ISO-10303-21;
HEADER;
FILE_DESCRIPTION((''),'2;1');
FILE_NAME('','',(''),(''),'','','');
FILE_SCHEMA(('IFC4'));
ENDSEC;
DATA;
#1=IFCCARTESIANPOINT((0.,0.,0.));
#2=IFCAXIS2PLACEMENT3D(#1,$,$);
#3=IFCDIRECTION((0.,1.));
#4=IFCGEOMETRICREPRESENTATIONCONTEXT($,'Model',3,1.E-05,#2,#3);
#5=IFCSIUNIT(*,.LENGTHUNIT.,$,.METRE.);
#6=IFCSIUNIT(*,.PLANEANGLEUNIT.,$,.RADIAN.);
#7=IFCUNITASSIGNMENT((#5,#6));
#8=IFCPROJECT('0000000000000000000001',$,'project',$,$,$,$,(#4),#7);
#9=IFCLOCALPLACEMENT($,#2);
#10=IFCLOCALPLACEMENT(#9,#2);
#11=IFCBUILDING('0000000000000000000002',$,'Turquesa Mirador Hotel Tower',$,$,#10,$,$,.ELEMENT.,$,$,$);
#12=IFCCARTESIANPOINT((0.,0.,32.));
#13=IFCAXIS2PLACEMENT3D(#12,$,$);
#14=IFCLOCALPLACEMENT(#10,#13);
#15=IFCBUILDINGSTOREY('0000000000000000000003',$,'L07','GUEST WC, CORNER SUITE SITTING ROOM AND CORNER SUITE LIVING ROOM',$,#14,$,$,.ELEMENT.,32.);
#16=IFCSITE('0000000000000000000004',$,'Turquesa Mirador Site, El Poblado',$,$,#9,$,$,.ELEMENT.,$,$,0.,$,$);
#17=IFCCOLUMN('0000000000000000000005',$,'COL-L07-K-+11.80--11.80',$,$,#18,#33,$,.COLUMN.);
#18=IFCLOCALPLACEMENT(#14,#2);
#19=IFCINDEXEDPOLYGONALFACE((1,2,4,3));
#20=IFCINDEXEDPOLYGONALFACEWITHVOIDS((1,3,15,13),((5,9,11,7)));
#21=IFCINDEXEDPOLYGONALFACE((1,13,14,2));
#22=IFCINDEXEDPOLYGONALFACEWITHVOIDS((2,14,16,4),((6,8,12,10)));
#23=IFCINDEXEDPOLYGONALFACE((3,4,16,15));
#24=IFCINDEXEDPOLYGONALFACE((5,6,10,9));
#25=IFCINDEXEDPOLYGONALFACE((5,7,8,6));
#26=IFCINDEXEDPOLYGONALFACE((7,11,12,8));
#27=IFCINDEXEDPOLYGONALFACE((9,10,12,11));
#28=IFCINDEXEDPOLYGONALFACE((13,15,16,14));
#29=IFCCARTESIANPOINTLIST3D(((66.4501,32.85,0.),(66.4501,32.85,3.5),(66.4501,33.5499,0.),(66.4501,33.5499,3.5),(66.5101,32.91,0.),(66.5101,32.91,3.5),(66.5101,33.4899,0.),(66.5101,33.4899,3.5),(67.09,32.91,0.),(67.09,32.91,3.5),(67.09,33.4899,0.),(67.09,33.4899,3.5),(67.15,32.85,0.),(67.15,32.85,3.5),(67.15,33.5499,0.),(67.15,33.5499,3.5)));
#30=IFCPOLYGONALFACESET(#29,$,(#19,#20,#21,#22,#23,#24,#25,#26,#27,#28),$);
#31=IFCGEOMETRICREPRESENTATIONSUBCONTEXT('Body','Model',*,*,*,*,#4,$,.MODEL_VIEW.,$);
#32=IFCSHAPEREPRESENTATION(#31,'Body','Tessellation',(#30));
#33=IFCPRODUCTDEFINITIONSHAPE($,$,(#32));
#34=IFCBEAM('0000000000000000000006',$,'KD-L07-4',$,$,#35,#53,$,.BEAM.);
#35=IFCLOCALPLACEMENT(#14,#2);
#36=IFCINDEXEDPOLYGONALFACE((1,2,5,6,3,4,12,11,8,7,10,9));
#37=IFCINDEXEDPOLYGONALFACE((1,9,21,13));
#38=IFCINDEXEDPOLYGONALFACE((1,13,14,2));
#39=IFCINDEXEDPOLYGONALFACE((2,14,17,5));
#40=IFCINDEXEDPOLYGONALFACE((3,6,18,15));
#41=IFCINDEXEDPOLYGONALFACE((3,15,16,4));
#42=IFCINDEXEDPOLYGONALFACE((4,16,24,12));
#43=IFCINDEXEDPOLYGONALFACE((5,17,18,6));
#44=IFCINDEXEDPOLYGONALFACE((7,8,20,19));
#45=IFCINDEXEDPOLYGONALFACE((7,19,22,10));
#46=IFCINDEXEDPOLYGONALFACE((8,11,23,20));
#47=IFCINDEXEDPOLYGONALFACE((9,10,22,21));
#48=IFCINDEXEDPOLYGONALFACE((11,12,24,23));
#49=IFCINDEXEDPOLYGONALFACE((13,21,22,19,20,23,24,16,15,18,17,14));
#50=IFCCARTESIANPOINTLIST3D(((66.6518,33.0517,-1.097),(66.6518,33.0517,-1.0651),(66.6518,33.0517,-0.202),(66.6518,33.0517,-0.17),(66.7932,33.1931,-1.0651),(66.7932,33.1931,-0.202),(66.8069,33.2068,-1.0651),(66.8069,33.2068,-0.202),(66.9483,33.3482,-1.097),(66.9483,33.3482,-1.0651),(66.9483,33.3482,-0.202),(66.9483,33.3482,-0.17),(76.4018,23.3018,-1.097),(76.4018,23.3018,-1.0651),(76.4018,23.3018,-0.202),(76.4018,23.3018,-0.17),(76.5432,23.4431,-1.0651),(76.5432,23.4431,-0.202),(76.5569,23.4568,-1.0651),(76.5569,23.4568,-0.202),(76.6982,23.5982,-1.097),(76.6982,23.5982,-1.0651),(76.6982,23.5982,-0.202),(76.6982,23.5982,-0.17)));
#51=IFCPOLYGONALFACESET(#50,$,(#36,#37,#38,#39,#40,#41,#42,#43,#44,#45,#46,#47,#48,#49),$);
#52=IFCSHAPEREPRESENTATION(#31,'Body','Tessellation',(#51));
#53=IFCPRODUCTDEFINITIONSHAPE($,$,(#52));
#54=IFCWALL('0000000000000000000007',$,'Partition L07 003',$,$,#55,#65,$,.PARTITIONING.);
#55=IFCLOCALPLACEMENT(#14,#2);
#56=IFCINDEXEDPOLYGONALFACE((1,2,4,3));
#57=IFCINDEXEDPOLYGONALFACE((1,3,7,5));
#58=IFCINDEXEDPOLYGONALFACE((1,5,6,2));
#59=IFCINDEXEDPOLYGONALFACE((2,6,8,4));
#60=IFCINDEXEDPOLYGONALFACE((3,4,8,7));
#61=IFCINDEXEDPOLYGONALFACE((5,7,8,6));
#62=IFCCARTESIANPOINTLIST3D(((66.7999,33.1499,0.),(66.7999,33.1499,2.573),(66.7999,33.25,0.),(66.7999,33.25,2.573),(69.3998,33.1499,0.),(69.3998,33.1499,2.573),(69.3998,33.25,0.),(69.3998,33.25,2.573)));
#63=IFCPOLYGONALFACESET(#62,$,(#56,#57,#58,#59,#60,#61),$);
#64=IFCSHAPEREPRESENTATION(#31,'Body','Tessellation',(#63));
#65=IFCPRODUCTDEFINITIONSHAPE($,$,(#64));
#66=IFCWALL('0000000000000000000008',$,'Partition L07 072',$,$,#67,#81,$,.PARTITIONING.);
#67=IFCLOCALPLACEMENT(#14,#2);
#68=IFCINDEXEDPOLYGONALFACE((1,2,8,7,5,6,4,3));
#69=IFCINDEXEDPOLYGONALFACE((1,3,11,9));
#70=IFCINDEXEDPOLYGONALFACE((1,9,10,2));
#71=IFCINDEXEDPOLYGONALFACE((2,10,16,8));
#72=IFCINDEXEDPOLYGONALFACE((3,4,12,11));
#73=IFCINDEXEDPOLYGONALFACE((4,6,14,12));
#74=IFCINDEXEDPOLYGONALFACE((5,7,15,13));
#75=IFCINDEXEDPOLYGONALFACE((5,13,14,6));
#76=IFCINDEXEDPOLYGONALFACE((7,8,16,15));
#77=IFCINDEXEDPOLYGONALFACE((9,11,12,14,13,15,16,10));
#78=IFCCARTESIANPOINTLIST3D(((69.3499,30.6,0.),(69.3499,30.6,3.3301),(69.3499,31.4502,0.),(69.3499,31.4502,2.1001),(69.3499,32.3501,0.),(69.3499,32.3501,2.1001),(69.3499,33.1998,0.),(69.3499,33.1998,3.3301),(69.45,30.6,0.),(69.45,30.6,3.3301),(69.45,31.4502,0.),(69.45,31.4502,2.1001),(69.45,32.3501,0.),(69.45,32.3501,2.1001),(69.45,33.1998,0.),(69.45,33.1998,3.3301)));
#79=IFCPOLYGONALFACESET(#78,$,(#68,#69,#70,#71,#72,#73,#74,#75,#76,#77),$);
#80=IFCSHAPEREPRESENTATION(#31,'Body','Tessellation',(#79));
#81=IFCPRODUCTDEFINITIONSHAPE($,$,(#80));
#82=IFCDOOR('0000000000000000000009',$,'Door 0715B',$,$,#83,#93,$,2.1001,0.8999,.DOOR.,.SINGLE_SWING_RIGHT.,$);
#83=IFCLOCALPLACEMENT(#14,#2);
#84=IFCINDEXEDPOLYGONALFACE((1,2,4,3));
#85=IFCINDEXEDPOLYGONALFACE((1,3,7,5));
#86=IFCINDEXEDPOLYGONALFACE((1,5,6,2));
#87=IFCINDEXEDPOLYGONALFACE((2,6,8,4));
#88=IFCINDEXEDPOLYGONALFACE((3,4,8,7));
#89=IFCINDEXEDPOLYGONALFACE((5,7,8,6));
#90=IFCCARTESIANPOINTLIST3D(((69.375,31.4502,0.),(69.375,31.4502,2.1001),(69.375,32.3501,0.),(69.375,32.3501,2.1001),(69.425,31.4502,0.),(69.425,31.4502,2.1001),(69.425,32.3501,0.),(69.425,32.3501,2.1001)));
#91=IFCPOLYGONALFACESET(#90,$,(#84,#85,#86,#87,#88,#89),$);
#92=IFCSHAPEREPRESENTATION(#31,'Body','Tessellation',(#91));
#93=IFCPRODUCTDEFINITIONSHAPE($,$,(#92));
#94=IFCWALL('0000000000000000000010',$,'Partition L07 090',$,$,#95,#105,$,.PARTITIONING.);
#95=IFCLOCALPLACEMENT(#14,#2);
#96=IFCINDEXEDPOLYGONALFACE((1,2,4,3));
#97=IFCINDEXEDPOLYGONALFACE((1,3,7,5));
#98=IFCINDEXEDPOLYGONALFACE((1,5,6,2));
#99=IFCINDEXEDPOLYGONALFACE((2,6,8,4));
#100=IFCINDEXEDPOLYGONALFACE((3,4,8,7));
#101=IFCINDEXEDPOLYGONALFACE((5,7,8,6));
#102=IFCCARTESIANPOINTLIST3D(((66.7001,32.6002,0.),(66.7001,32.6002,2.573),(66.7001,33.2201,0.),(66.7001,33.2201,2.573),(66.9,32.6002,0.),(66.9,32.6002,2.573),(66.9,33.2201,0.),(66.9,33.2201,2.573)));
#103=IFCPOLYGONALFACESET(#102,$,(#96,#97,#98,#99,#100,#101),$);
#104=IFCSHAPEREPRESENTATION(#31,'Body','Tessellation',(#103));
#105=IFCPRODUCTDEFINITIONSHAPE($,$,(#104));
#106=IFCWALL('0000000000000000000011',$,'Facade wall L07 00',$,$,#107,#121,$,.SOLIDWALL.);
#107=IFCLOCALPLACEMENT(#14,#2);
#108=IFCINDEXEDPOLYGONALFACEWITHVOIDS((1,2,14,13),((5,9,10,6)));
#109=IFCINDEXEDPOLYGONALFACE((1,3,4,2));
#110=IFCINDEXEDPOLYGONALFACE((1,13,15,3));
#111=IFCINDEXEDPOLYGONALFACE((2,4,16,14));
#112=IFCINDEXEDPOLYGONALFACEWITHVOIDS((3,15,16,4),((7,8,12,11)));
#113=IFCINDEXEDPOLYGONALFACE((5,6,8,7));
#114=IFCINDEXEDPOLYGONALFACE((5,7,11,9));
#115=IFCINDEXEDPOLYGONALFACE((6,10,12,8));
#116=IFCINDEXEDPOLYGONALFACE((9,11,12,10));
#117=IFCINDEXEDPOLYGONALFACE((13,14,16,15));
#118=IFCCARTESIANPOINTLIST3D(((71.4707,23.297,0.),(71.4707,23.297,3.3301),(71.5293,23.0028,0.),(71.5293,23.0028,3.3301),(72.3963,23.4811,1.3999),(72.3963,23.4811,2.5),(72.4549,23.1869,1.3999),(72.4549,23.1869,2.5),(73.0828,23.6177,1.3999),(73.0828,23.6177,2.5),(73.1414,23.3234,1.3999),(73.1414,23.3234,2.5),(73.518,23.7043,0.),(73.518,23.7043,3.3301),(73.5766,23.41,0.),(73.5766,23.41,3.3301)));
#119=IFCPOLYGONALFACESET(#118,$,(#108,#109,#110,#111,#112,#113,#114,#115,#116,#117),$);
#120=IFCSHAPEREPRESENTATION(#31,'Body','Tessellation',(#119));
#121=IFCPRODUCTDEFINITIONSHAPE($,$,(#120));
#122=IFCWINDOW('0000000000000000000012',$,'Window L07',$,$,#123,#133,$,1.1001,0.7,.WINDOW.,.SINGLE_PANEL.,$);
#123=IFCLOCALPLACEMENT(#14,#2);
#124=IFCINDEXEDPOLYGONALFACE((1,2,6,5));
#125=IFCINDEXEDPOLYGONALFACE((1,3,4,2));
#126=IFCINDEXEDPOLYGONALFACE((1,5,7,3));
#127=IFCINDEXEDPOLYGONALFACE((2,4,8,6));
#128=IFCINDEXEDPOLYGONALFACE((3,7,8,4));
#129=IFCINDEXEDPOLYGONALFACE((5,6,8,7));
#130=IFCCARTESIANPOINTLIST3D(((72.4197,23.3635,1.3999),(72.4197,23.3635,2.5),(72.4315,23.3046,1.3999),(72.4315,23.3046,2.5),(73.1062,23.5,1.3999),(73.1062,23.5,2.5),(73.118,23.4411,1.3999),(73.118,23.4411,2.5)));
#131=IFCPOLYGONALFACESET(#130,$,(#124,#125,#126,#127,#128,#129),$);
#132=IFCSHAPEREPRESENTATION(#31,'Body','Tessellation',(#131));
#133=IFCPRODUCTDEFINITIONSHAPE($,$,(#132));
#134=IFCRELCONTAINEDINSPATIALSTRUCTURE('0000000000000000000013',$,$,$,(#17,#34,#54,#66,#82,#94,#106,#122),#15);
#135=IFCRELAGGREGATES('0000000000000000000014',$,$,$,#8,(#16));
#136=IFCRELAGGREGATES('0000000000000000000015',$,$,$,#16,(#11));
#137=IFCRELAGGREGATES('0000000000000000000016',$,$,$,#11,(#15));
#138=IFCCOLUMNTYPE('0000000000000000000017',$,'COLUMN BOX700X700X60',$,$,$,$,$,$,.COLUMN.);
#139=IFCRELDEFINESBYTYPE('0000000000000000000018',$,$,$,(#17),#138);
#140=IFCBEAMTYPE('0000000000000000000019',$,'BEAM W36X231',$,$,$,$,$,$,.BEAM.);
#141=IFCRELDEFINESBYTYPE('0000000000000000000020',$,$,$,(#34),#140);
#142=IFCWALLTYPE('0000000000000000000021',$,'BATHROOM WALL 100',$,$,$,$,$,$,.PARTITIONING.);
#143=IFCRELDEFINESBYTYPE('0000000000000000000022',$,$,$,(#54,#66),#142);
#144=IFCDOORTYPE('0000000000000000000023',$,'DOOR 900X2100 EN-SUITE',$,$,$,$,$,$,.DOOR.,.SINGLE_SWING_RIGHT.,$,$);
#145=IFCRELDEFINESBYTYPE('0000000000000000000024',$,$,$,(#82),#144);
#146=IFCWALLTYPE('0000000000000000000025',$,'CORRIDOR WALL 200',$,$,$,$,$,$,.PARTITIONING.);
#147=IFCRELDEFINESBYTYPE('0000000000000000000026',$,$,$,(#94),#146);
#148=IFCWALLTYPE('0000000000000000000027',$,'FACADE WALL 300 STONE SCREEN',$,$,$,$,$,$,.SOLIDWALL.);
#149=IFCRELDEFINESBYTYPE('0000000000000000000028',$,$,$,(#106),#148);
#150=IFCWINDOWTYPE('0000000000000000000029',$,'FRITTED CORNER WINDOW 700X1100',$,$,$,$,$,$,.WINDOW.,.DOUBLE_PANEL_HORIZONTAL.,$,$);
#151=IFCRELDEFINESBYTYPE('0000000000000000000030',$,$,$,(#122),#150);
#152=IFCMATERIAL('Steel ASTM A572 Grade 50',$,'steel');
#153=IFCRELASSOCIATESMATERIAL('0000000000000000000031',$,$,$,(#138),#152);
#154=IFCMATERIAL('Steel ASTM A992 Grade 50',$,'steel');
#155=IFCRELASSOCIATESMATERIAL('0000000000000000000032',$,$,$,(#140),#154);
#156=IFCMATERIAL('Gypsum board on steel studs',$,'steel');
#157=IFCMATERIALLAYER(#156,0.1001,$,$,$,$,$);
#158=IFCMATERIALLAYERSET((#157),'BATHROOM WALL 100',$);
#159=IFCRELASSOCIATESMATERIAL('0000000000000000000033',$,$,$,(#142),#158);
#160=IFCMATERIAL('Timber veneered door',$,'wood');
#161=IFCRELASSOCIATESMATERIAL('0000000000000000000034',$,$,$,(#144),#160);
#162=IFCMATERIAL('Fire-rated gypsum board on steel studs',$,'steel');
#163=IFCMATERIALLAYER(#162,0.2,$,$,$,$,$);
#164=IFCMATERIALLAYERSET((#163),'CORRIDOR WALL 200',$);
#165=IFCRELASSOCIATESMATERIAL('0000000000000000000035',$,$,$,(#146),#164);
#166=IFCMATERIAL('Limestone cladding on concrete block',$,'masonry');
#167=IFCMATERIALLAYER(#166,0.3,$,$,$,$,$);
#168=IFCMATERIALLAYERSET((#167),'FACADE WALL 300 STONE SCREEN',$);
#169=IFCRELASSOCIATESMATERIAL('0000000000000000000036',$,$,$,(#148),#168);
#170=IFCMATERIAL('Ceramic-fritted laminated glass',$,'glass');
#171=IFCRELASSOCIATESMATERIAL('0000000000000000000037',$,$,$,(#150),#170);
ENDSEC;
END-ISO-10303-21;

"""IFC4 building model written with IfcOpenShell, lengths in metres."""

from ifc_helpers import new_model, si_unit, direction, frame, frame_2d, origin, origin_2d, place, context, subcontext, project, spatial, rectangle, hollow_rectangle, i_section, extrude, material, layer, layer_set, material_profile, profile_set, type_object, element, fill, save


model = new_model("IFC4")

# Units and contexts
model_context = context("Model", 3, precision=1e-05, world=origin(), true_north=direction((0.0, 1.0)))
body_context = subcontext(model_context, "Body", "Model", "MODEL_VIEW")
ifc_project = project(units=[si_unit("LENGTHUNIT", "METRE"), si_unit("PLANEANGLEUNIT", "RADIAN")], contexts=[model_context])

# Site, building, storey
site_placement = place(None, origin())
site = spatial("IfcSite", under=ifc_project, at=site_placement, Name="Turquesa Mirador Site, El Poblado", CompositionType="ELEMENT", RefElevation=0.0)
building_placement = place(site_placement, origin())
building = spatial("IfcBuilding", under=site, at=building_placement, Name="Turquesa Mirador Hotel Tower", CompositionType="ELEMENT")
storey_placement = place(building_placement, frame((0.0, 0.0, 32.0)))
storey = spatial("IfcBuildingStorey", under=building, at=storey_placement, Name="L07", Description="GUEST WC, CORNER SUITE SITTING ROOM AND CORNER SUITE LIVING ROOM", CompositionType="ELEMENT", Elevation=32.0)

# Column
ifc_material_1 = material(Name="Steel ASTM A572 Grade 50", Category="steel")
ifc_material_profile_1 = material_profile(ifc_material_1, hollow_rectangle(XDim=0.7, YDim=0.7, WallThickness=0.0601, at=origin_2d()), Name="BOX700X700X60")
ifc_profile_set_1 = profile_set([ifc_material_profile_1], Name="Steel ASTM A572 Grade 50")
column_type = type_object("IfcColumnType", Name="COLUMN BOX700X700X60", PredefinedType="COLUMN", material=ifc_profile_set_1)
column_placement = place(storey_placement, frame((66.8, 33.2, 0.0), z_axis=(0.0, 0.0, 1.0), x_axis=(1.0, 0.0, 0.0)))
element("IfcColumn", 1, at=column_placement, inside=storey, type_object=column_type, Name="COL-L07-K-+11.80--11.80", PredefinedType="COLUMN", context=body_context, shape_type="SweptSolid", body=[
    extrude(hollow_rectangle(XDim=0.7, YDim=0.7, WallThickness=0.0601, at=origin_2d()), origin(), (0.0, 0.0, 1.0), 3.5),
])

# Beam
ifc_material_2 = material(Name="Steel ASTM A992 Grade 50", Category="steel")
ifc_material_profile_2 = material_profile(ifc_material_2, i_section(OverallWidth=0.4192, OverallDepth=0.927, WebThickness=0.0193, FlangeThickness=0.032, at=origin_2d()), Name="W36X231")
ifc_profile_set_2 = profile_set([ifc_material_profile_2], Name="Steel ASTM A992 Grade 50")
beam_type = type_object("IfcBeamType", Name="BEAM W36X231", PredefinedType="BEAM", material=ifc_profile_set_2)
beam_placement = place(storey_placement, frame((66.8, 33.2, -0.6335), z_axis=(0.707107, -0.707107, 0.0), x_axis=(0.707107, 0.707107, 0.0)))
element("IfcBeam", 2, at=beam_placement, inside=storey, type_object=beam_type, Name="KD-L07-4", PredefinedType="BEAM", context=body_context, shape_type="SweptSolid", body=[
    extrude(i_section(OverallWidth=0.4192, OverallDepth=0.927, WebThickness=0.0193, FlangeThickness=0.032, at=origin_2d()), origin(), (0.0, 0.0, 1.0), 13.7886),
])

# Wall
ifc_material_3 = material(Name="Gypsum board on steel studs", Category="steel")
ifc_layer_1 = layer(ifc_material_3, 0.1001)
ifc_layer_set_1 = layer_set([ifc_layer_1], Name="BATHROOM WALL 100")
wall_type_1 = type_object("IfcWallType", Name="BATHROOM WALL 100", PredefinedType="PARTITIONING", material=ifc_layer_set_1)
wall_1_placement = place(storey_placement, frame((66.8, 33.2, 0.0), z_axis=(0.0, 0.0, 1.0), x_axis=(1.0, 0.0, 0.0)))
element("IfcWall", 3, at=wall_1_placement, inside=storey, type_object=wall_type_1, Name="Partition L07 003", PredefinedType="PARTITIONING", context=body_context, shape_type="SweptSolid", body=[
    extrude(rectangle(XDim=2.5999, YDim=0.1001, at=frame_2d((1.2998, 0.0))), origin(), (0.0, 0.0, 1.0), 2.573),
])

# Wall, opening, door
wall_2_placement = place(storey_placement, frame((69.3999, 30.6001, 0.0), z_axis=(0.0, 0.0, 1.0), x_axis=(0.0, 1.0, 0.0)))
wall_2 = element("IfcWall", 4, at=wall_2_placement, inside=storey, type_object=wall_type_1, Name="Partition L07 072", PredefinedType="PARTITIONING", context=body_context, shape_type="SweptSolid", body=[
    extrude(rectangle(XDim=2.5999, YDim=0.1001, at=frame_2d((1.2998, 0.0))), origin(), (0.0, 0.0, 1.0), 3.3301),
])
opening_1_placement = place(wall_2_placement, frame((0.8501, 0.0, 0.0)))
opening_1 = element("IfcOpeningElement", 5, at=opening_1_placement, cuts=wall_2, PredefinedType="OPENING", context=body_context, shape_type="SweptSolid", body=[
    extrude(rectangle(XDim=0.8999, YDim=2.1001, at=frame_2d((0.45, 1.05))), frame((0.0, 0.0601, 0.0), z_axis=(0.0, -1.0, 0.0), x_axis=(1.0, 0.0, 0.0)), (0.0, 0.0, 1.0), 0.1201),
])
ifc_material_4 = material(Name="Timber veneered door", Category="wood")
door_type_1 = type_object("IfcDoorType", Name="DOOR 900X2100 EN-SUITE", OperationType="SINGLE_SWING_RIGHT", PredefinedType="DOOR", material=ifc_material_4)
door_1_placement = place(opening_1_placement, origin())
door_1 = element("IfcDoor", 6, at=door_1_placement, inside=storey, type_object=door_type_1, Name="Door 0715B", OperationType="SINGLE_SWING_RIGHT", OverallHeight=2.1001, OverallWidth=0.8999, PredefinedType="DOOR", context=body_context, shape_type="SweptSolid", body=[
    extrude(rectangle(XDim=0.8999, YDim=2.1001, at=frame_2d((0.45, 1.05))), frame((0.0, 0.0249, 0.0), z_axis=(0.0, -1.0, 0.0), x_axis=(1.0, 0.0, 0.0)), (0.0, 0.0, 1.0), 0.05),
])
fill(opening_1, door_1)

# Wall
ifc_material_5 = material(Name="Fire-rated gypsum board on steel studs", Category="steel")
ifc_layer_2 = layer(ifc_material_5, 0.2)
ifc_layer_set_2 = layer_set([ifc_layer_2], Name="CORRIDOR WALL 200")
wall_type_2 = type_object("IfcWallType", Name="CORRIDOR WALL 200", PredefinedType="PARTITIONING", material=ifc_layer_set_2)
wall_3_placement = place(storey_placement, frame((66.8, 32.6001, 0.0), z_axis=(0.0, 0.0, 1.0), x_axis=(0.0, 1.0, 0.0)))
element("IfcWall", 7, at=wall_3_placement, inside=storey, type_object=wall_type_2, Name="Partition L07 090", PredefinedType="PARTITIONING", context=body_context, shape_type="SweptSolid", body=[
    extrude(rectangle(XDim=0.6199, YDim=0.2, at=frame_2d((0.3101, 0.0))), origin(), (0.0, 0.0, 1.0), 2.573),
])

# Wall, opening, window
ifc_material_6 = material(Name="Limestone cladding on concrete block", Category="masonry")
ifc_layer_3 = layer(ifc_material_6, 0.3)
ifc_layer_set_3 = layer_set([ifc_layer_3], Name="FACADE WALL 300 STONE SCREEN")
wall_type_3 = type_object("IfcWallType", Name="FACADE WALL 300 STONE SCREEN", PredefinedType="SOLIDWALL", material=ifc_layer_set_3)
wall_4_placement = place(storey_placement, frame((71.5, 23.1499, 0.0), z_axis=(0.0, 0.0, 1.0), x_axis=(0.980787, 0.195081, 0.0)))
wall_4 = element("IfcWall", 8, at=wall_4_placement, inside=storey, type_object=wall_type_3, Name="Facade wall L07 00", PredefinedType="SOLIDWALL", context=body_context, shape_type="SweptSolid", body=[
    extrude(rectangle(XDim=2.0874, YDim=0.3, at=frame_2d((1.0437, 0.0))), origin(), (0.0, 0.0, 1.0), 3.3301),
])
opening_2_placement = place(wall_4_placement, frame((0.9436, 0.0, 1.3999)))
opening_2 = element("IfcOpeningElement", 9, at=opening_2_placement, cuts=wall_4, PredefinedType="OPENING", context=body_context, shape_type="SweptSolid", body=[
    extrude(rectangle(XDim=0.7, YDim=1.1001, at=frame_2d((0.3501, 0.55))), frame((0.0, 0.1599, 0.0), z_axis=(0.0, -1.0, 0.0), x_axis=(1.0, 0.0, 0.0)), (0.0, 0.0, 1.0), 0.3201),
])
ifc_material_7 = material(Name="Ceramic-fritted laminated glass", Category="glass")
window_type = type_object("IfcWindowType", Name="FRITTED CORNER WINDOW 700X1100", PartitioningType="DOUBLE_PANEL_HORIZONTAL", PredefinedType="WINDOW", material=ifc_material_7)
window_placement = place(opening_2_placement, origin())
window = element("IfcWindow", 10, at=window_placement, inside=storey, type_object=window_type, Name="Window L07", OverallHeight=1.1001, OverallWidth=0.7, PartitioningType="SINGLE_PANEL", PredefinedType="WINDOW", context=body_context, shape_type="SweptSolid", body=[
    extrude(rectangle(XDim=0.7, YDim=1.1001, at=frame_2d((0.3501, 0.55))), frame((0.0, 0.03, 0.0), z_axis=(0.0, -1.0, 0.0), x_axis=(1.0, 0.0, 0.0)), (0.0, 0.0, 1.0), 0.0601),
])
fill(opening_2, window)

save(model, "model.ifc")
